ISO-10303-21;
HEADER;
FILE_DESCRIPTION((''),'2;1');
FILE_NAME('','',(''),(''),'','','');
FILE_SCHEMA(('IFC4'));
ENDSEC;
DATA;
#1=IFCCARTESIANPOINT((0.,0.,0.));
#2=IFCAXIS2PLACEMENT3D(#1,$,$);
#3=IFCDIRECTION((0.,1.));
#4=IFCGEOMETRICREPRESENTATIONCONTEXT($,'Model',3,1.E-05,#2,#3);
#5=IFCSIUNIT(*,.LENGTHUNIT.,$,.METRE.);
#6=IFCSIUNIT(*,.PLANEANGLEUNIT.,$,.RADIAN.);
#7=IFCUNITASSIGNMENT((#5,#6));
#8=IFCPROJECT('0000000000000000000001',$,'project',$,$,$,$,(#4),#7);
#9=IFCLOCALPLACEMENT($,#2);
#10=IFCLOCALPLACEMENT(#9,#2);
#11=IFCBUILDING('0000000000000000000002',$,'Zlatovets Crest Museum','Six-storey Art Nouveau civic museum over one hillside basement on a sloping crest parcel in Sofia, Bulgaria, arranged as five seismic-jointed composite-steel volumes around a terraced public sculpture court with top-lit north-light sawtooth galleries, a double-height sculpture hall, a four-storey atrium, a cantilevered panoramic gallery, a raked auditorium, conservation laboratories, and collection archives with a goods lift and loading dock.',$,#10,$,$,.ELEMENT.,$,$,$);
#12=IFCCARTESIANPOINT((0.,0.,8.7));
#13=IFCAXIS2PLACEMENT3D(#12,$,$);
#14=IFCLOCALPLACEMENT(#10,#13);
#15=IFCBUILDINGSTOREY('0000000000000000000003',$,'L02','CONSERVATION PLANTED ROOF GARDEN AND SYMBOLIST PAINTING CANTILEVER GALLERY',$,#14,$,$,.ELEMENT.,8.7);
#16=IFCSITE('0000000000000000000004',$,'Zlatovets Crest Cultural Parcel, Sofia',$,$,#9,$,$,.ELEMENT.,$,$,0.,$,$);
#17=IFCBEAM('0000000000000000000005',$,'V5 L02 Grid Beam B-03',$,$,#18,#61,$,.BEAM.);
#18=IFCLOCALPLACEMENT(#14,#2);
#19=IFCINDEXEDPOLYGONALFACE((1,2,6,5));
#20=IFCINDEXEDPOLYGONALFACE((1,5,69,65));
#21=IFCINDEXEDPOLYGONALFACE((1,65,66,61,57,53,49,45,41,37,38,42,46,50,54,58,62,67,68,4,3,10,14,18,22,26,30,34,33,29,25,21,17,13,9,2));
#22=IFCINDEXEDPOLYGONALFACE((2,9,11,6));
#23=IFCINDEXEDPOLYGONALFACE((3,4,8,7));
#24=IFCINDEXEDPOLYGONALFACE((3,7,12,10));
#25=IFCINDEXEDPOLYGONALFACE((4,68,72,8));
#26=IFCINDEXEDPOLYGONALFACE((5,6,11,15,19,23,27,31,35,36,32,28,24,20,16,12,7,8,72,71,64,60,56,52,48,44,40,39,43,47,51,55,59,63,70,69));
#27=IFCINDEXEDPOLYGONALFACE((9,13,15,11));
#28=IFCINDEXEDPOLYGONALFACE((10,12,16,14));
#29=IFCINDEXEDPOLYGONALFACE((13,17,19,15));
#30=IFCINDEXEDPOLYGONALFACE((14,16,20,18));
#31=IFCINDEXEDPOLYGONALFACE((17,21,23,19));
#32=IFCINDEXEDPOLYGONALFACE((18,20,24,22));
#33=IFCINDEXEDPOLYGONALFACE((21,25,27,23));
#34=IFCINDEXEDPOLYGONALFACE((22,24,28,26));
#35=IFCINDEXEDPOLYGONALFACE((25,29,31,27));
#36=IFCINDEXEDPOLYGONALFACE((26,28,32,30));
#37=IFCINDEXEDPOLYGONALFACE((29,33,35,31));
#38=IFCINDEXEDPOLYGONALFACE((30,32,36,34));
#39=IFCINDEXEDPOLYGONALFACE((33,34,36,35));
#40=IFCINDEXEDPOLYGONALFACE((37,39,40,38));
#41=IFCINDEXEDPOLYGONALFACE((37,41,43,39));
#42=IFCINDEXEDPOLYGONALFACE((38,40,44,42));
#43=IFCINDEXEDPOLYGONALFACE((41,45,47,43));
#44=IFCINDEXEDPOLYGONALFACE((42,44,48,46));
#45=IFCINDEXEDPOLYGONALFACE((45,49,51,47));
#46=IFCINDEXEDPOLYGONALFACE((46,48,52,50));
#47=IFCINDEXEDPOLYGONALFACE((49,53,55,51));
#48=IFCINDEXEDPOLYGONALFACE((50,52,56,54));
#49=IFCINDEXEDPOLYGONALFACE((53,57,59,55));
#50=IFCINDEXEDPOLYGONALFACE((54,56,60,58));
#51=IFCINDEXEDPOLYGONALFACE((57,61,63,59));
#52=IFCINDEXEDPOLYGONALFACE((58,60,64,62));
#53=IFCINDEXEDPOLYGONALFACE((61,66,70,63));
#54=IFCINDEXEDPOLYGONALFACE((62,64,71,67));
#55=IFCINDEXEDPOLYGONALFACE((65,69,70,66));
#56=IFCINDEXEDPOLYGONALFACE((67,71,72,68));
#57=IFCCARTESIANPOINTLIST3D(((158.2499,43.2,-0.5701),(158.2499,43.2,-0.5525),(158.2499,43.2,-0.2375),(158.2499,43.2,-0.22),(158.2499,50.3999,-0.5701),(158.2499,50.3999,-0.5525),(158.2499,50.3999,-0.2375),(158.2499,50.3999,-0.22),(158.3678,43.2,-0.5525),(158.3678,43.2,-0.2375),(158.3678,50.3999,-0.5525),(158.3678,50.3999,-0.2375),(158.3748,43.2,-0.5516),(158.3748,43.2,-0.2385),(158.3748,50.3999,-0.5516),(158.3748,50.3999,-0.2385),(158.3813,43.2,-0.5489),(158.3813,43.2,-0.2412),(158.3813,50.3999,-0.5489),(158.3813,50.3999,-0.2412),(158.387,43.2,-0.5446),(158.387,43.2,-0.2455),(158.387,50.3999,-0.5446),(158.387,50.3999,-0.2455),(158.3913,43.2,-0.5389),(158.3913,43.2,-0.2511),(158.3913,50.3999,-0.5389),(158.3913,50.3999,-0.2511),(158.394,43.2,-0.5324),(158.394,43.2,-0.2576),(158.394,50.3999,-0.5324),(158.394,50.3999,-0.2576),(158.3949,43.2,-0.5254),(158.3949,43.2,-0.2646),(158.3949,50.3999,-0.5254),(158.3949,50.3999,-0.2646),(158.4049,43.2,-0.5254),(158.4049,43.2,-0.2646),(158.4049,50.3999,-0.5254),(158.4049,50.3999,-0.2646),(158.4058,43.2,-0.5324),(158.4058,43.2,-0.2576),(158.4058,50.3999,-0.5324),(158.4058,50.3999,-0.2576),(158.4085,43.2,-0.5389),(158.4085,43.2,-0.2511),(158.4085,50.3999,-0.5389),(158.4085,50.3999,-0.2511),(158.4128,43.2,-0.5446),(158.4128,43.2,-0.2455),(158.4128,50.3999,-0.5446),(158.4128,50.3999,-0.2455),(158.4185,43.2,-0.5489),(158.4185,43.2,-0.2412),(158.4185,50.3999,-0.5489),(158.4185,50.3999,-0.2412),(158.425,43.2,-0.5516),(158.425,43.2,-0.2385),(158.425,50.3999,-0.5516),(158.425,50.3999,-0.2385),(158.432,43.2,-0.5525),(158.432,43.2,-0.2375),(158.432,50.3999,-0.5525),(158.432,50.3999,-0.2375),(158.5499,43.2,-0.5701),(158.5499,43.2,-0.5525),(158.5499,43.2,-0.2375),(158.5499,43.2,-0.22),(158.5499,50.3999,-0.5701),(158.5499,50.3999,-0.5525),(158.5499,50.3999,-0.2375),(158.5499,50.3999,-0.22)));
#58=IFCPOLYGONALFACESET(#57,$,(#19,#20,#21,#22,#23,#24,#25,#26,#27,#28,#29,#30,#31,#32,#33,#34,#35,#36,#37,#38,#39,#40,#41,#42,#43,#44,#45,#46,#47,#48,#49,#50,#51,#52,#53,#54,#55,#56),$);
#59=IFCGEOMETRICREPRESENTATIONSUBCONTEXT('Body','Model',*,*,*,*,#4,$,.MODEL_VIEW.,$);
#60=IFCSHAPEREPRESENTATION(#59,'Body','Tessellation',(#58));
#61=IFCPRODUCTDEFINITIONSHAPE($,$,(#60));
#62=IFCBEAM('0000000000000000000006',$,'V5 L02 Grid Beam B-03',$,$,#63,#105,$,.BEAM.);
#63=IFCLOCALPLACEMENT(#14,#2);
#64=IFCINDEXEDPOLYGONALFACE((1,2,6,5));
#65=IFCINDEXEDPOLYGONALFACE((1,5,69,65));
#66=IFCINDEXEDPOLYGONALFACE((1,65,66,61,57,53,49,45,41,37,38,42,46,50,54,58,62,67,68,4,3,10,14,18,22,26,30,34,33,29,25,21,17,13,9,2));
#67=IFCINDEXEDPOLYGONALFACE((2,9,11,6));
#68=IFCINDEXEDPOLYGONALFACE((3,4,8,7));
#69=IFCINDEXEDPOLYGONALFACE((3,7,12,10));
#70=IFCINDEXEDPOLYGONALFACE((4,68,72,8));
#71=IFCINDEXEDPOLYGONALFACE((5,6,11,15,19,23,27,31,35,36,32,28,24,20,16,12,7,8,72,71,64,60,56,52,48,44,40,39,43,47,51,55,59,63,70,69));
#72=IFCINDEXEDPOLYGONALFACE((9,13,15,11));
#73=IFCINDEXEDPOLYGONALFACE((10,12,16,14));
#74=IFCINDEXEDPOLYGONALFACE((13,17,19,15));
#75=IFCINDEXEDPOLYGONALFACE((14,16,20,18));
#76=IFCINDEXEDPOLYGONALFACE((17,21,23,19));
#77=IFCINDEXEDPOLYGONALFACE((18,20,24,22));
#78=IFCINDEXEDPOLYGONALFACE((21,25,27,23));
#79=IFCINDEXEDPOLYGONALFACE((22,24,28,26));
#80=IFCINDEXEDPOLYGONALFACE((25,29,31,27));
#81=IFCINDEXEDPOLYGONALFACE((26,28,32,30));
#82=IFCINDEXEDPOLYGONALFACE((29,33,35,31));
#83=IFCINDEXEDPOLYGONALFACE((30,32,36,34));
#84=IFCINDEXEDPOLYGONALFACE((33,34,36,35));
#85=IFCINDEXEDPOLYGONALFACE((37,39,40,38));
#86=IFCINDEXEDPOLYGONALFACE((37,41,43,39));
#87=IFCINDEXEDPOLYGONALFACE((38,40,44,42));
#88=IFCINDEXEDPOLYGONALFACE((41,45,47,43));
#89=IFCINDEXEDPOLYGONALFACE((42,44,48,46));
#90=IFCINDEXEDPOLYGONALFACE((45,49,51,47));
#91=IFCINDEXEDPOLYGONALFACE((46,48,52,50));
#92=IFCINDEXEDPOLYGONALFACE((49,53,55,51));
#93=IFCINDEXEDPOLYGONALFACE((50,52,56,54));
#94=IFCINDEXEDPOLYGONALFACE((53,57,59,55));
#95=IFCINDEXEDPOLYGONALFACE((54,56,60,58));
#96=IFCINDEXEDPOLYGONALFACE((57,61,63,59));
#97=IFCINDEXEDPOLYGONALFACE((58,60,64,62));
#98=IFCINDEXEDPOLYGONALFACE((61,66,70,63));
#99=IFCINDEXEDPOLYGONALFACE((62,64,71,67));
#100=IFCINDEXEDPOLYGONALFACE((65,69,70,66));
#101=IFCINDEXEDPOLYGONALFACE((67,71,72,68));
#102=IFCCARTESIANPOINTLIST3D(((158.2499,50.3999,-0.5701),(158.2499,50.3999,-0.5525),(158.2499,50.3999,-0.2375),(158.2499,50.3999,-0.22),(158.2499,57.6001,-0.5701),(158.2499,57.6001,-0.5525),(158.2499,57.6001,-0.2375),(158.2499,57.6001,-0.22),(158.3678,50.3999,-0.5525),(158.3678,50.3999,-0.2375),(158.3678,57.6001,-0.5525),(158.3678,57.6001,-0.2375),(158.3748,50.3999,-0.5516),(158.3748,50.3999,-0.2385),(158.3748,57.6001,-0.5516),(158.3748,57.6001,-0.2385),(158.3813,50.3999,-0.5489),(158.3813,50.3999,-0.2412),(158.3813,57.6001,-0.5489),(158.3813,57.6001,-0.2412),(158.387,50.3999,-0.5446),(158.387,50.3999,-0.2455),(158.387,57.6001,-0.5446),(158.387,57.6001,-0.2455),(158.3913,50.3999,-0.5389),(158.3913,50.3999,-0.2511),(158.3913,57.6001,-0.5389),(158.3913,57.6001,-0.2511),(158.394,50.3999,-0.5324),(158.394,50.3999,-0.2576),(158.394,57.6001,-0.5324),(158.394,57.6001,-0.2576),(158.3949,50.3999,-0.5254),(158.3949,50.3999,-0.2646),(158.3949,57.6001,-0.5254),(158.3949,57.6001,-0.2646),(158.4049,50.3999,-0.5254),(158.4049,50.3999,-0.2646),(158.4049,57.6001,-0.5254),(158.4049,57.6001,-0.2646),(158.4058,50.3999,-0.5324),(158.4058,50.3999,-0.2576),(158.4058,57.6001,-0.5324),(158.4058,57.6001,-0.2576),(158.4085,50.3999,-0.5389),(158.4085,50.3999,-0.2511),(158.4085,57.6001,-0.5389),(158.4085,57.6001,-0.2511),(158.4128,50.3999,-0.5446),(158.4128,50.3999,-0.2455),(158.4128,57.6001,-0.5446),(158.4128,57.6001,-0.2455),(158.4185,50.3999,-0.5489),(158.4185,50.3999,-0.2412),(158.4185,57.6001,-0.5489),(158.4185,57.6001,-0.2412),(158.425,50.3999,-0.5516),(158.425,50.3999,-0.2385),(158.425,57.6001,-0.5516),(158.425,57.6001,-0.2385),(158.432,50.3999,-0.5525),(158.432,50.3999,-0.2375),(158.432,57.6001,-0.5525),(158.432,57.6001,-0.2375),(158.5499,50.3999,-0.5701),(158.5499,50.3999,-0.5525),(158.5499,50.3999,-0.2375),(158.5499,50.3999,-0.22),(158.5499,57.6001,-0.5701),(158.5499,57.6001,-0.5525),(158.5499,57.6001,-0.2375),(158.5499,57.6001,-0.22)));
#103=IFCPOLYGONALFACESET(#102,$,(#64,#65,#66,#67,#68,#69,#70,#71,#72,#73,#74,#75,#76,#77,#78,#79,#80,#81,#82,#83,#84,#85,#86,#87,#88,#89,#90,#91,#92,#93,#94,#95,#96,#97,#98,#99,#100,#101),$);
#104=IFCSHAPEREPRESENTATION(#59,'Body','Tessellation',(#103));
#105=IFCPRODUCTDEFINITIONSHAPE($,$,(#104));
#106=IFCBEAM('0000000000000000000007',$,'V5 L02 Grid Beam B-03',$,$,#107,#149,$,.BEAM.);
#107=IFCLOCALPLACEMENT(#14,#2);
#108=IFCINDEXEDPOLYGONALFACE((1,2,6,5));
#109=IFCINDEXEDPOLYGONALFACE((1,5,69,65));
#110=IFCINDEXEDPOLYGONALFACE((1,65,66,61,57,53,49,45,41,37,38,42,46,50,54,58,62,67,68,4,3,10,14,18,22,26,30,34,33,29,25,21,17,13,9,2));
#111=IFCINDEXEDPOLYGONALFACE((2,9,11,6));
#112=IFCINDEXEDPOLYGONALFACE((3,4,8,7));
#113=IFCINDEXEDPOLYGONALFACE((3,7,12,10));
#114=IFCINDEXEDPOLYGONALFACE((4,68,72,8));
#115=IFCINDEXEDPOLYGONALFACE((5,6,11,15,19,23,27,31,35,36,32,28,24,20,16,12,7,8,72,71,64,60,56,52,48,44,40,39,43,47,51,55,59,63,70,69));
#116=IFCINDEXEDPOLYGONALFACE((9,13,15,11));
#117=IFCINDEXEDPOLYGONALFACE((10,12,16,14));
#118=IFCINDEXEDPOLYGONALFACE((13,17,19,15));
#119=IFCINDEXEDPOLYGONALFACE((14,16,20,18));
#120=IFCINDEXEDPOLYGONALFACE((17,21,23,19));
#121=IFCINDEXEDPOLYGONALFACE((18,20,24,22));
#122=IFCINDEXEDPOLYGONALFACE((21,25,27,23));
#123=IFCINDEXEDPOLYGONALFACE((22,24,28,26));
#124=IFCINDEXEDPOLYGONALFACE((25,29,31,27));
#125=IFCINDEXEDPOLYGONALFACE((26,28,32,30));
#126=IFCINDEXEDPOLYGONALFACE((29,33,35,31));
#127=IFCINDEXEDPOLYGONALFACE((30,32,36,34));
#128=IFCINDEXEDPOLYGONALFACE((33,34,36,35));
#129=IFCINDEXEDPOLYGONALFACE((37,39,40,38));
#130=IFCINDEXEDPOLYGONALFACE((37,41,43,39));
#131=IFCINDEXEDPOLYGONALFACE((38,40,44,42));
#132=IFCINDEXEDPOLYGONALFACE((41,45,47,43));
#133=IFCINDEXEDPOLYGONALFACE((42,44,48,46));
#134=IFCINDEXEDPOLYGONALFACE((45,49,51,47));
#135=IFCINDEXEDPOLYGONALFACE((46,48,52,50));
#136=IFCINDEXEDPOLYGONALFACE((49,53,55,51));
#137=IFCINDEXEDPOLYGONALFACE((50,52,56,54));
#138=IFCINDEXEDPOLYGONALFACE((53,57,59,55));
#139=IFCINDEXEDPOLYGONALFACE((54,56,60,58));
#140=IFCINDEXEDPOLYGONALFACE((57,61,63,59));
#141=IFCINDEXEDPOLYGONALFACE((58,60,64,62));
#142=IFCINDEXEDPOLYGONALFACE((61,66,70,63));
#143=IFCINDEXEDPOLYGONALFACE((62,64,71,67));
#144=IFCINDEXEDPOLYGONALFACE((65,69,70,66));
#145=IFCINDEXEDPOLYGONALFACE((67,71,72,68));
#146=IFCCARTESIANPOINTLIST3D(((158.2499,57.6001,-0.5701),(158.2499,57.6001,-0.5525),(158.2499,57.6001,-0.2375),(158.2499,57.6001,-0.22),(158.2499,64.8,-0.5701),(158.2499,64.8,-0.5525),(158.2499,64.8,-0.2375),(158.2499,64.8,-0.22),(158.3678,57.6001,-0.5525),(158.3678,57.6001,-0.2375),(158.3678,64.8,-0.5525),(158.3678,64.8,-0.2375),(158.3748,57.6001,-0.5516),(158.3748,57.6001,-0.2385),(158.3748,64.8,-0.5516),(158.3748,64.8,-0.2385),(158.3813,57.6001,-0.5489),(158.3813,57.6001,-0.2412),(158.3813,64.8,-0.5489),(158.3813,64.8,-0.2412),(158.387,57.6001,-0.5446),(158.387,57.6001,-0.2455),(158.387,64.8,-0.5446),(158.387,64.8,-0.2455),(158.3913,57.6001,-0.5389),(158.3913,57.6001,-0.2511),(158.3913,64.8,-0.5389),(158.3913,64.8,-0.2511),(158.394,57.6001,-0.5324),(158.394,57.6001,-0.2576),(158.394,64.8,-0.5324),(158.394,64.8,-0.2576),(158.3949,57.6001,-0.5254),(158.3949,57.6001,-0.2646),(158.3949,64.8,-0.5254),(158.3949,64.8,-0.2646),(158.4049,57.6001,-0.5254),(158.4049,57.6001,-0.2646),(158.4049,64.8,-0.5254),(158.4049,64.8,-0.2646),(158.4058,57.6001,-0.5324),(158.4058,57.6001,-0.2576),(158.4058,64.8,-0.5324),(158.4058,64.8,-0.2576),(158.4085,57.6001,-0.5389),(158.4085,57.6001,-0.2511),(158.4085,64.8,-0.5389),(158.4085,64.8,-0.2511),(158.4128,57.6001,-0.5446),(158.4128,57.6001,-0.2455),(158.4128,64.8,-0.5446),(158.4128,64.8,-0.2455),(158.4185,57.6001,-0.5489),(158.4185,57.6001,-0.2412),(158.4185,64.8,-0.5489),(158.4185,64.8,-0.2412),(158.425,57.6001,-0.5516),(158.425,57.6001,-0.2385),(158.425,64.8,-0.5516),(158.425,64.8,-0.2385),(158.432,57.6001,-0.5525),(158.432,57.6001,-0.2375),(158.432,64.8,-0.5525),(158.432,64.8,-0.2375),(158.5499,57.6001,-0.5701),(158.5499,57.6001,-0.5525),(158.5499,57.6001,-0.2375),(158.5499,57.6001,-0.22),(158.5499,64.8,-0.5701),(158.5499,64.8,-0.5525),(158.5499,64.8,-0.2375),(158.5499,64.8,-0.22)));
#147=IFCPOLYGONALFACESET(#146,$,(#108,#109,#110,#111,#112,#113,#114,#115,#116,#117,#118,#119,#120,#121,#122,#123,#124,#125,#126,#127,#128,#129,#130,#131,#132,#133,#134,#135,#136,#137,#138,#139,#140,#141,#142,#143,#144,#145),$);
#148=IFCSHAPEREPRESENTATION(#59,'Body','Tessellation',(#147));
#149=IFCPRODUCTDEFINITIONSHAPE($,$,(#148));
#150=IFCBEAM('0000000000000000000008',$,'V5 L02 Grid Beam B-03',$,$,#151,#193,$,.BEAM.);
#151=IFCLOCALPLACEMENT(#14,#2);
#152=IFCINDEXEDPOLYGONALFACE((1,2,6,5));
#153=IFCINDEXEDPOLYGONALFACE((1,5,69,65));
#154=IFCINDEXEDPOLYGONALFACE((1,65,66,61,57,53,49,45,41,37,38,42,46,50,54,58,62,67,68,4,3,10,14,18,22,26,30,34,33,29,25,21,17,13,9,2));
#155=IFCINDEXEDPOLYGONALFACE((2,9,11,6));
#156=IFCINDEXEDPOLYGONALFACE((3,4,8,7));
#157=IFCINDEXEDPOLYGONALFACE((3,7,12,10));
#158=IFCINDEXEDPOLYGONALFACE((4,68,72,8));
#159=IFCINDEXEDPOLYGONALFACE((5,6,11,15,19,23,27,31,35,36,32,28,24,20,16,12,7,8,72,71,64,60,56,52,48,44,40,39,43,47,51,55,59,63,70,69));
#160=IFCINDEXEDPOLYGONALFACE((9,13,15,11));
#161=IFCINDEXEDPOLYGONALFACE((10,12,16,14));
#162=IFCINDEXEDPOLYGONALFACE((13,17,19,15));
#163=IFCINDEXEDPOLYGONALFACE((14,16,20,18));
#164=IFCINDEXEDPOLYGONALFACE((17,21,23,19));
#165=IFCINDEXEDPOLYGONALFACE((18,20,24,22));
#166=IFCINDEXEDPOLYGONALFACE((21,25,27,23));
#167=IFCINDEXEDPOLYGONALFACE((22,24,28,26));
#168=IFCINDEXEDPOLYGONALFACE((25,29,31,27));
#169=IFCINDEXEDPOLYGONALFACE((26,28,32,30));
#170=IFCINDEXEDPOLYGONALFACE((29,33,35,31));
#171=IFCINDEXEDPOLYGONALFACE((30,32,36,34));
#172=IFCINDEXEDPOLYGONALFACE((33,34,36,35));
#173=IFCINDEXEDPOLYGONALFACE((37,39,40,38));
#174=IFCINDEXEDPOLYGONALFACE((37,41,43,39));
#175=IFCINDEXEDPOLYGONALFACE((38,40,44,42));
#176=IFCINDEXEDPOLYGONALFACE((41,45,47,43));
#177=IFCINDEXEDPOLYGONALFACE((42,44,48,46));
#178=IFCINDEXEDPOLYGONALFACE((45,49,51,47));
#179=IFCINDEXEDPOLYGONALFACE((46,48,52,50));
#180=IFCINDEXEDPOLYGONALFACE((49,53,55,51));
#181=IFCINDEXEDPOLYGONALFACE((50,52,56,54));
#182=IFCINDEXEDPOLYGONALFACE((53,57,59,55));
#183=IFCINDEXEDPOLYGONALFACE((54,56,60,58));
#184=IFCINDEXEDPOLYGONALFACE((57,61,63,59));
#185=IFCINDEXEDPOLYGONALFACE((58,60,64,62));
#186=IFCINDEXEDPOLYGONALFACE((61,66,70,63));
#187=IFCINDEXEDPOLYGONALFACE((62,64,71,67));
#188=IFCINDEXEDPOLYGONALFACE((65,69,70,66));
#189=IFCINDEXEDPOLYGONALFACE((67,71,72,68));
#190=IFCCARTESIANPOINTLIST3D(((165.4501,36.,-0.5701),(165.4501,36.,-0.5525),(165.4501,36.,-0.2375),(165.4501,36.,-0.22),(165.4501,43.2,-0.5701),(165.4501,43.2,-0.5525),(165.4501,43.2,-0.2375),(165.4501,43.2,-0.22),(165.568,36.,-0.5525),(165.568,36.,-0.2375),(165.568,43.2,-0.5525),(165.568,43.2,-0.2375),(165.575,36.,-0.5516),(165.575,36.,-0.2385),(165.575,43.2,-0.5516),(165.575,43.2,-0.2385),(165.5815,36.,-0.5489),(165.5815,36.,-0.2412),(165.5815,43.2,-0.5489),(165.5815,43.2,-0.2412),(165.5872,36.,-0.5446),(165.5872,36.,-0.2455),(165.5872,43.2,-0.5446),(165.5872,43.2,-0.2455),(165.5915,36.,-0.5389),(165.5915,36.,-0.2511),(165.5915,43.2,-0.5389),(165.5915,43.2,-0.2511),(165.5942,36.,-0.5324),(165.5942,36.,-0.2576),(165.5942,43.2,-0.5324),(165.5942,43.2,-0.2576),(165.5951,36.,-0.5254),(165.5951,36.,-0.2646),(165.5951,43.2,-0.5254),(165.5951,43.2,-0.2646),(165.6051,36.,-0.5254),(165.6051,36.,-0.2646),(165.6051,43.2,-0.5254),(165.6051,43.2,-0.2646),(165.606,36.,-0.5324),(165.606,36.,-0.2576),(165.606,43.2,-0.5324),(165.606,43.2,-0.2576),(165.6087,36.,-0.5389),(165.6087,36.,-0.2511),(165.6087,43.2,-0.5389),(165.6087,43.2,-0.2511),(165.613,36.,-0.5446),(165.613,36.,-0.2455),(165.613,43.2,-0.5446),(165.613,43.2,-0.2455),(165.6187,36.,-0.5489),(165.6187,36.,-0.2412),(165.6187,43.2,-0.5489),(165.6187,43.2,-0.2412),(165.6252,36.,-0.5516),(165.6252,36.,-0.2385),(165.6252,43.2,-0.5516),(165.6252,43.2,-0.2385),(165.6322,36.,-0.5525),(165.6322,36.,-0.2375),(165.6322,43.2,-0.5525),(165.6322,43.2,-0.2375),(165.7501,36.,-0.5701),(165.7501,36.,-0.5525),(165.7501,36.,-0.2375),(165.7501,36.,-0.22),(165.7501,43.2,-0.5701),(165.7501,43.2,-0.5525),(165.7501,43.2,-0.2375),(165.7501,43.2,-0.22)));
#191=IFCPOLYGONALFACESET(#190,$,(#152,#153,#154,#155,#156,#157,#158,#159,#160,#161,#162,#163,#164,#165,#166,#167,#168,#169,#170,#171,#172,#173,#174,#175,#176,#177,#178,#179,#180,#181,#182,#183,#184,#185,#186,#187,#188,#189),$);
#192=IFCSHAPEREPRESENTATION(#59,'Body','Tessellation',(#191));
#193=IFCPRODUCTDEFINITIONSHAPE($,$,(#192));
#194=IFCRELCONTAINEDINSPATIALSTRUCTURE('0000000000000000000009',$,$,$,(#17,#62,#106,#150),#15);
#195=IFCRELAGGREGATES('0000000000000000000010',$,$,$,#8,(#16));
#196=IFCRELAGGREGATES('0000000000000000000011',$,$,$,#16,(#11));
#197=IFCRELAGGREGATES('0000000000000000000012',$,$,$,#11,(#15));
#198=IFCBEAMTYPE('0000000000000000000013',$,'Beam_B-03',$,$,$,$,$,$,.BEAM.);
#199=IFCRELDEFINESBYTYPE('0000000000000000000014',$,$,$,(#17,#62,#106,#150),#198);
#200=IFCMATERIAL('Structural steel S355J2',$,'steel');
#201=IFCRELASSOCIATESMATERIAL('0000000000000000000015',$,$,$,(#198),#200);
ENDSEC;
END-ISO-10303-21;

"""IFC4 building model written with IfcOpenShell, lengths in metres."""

from ifc_helpers import new_model, si_unit, direction, frame, origin, origin_2d, place, context, subcontext, project, spatial, i_section, extrude, material, material_profile, profile_set, type_object, element, save


model = new_model("IFC4")

# Units and contexts
model_context = context("Model", 3, precision=1e-05, world=origin(), true_north=direction((0.0, 1.0)))
body_context = subcontext(model_context, "Body", "Model", "MODEL_VIEW")
ifc_project = project(units=[si_unit("LENGTHUNIT", "METRE"), si_unit("PLANEANGLEUNIT", "RADIAN")], contexts=[model_context])

# Site, building, storey
site_placement = place(None, origin())
site = spatial("IfcSite", under=ifc_project, at=site_placement, Name="Zlatovets Crest Cultural Parcel, Sofia", CompositionType="ELEMENT", RefElevation=0.0)
building_placement = place(site_placement, origin())
building = spatial("IfcBuilding", under=site, at=building_placement, Name="Zlatovets Crest Museum", Description="Six-storey Art Nouveau civic museum over one hillside basement on a sloping crest parcel in Sofia, Bulgaria, arranged as five seismic-jointed composite-steel volumes around a terraced public sculpture court with top-lit north-light sawtooth galleries, a double-height sculpture hall, a four-storey atrium, a cantilevered panoramic gallery, a raked auditorium, conservation laboratories, and collection archives with a goods lift and loading dock.", CompositionType="ELEMENT")
storey_placement = place(building_placement, frame((0.0, 0.0, 8.7)))
storey = spatial("IfcBuildingStorey", under=building, at=storey_placement, Name="L02", Description="CONSERVATION PLANTED ROOF GARDEN AND SYMBOLIST PAINTING CANTILEVER GALLERY", CompositionType="ELEMENT", Elevation=8.7)

# Shared definitions
ifc_material_1 = material(Name="Structural steel S355J2", Category="steel")

# Beams
ifc_material_profile_1 = material_profile(ifc_material_1, i_section(OverallWidth=0.3, OverallDepth=0.3501, WebThickness=0.01, FlangeThickness=0.0176, FilletRadius=0.0271, at=origin_2d()), Name="HEA 360")
ifc_profile_set_1 = profile_set([ifc_material_profile_1], Name="Structural steel S355J2")
beam_type_1 = type_object("IfcBeamType", Name="Beam_B-03", PredefinedType="BEAM", material=ifc_profile_set_1)
for number, where, z_axis, x_axis, name in (
    (1, (158.3999, 43.2, -0.395), (0.0, 1.0, 0.0), (-1.0, 0.0, 0.0), "V5 L02 Grid Beam B-03"),
):
    element("IfcBeam", number, at=place(storey_placement, frame(where, z_axis=z_axis, x_axis=x_axis)), inside=storey, type_object=beam_type_1, Name=name, PredefinedType="BEAM", context=body_context, shape_type="SweptSolid", body=[
        extrude(i_section(OverallWidth=0.3, OverallDepth=0.3501, WebThickness=0.01, FlangeThickness=0.0176, FilletRadius=0.0271, at=origin_2d()), origin(), (0.0, 0.0, 1.0), 7.2),
    ])
beam_1_placement = place(storey_placement, frame((158.3999, 50.3999, -0.395), z_axis=(0.0, 1.0, 0.0), x_axis=(-1.0, 0.0, 0.0)))
element("IfcBeam", 2, at=beam_1_placement, inside=storey, type_object=beam_type_1, Name="V5 L02 Grid Beam B-03", PredefinedType="BEAM", context=body_context, shape_type="SweptSolid", body=[
    extrude(i_section(OverallWidth=0.3, OverallDepth=0.3501, WebThickness=0.01, FlangeThickness=0.0176, FilletRadius=0.0271, at=origin_2d()), origin(), (0.0, 0.0, 1.0), 7.2002),
])
for number, where, z_axis, x_axis, name in (
    (3, (158.3999, 57.6001, -0.395), (0.0, 1.0, 0.0), (-1.0, 0.0, 0.0), "V5 L02 Grid Beam B-03"),
    (4, (165.6001, 36.0, -0.395), (0.0, 1.0, 0.0), (-1.0, 0.0, 0.0), "V5 L02 Grid Beam B-03"),
):
    element("IfcBeam", number, at=place(storey_placement, frame(where, z_axis=z_axis, x_axis=x_axis)), inside=storey, type_object=beam_type_1, Name=name, PredefinedType="BEAM", context=body_context, shape_type="SweptSolid", body=[
        extrude(i_section(OverallWidth=0.3, OverallDepth=0.3501, WebThickness=0.01, FlangeThickness=0.0176, FilletRadius=0.0271, at=origin_2d()), origin(), (0.0, 0.0, 1.0), 7.2),
    ])

save(model, "model.ifc")
